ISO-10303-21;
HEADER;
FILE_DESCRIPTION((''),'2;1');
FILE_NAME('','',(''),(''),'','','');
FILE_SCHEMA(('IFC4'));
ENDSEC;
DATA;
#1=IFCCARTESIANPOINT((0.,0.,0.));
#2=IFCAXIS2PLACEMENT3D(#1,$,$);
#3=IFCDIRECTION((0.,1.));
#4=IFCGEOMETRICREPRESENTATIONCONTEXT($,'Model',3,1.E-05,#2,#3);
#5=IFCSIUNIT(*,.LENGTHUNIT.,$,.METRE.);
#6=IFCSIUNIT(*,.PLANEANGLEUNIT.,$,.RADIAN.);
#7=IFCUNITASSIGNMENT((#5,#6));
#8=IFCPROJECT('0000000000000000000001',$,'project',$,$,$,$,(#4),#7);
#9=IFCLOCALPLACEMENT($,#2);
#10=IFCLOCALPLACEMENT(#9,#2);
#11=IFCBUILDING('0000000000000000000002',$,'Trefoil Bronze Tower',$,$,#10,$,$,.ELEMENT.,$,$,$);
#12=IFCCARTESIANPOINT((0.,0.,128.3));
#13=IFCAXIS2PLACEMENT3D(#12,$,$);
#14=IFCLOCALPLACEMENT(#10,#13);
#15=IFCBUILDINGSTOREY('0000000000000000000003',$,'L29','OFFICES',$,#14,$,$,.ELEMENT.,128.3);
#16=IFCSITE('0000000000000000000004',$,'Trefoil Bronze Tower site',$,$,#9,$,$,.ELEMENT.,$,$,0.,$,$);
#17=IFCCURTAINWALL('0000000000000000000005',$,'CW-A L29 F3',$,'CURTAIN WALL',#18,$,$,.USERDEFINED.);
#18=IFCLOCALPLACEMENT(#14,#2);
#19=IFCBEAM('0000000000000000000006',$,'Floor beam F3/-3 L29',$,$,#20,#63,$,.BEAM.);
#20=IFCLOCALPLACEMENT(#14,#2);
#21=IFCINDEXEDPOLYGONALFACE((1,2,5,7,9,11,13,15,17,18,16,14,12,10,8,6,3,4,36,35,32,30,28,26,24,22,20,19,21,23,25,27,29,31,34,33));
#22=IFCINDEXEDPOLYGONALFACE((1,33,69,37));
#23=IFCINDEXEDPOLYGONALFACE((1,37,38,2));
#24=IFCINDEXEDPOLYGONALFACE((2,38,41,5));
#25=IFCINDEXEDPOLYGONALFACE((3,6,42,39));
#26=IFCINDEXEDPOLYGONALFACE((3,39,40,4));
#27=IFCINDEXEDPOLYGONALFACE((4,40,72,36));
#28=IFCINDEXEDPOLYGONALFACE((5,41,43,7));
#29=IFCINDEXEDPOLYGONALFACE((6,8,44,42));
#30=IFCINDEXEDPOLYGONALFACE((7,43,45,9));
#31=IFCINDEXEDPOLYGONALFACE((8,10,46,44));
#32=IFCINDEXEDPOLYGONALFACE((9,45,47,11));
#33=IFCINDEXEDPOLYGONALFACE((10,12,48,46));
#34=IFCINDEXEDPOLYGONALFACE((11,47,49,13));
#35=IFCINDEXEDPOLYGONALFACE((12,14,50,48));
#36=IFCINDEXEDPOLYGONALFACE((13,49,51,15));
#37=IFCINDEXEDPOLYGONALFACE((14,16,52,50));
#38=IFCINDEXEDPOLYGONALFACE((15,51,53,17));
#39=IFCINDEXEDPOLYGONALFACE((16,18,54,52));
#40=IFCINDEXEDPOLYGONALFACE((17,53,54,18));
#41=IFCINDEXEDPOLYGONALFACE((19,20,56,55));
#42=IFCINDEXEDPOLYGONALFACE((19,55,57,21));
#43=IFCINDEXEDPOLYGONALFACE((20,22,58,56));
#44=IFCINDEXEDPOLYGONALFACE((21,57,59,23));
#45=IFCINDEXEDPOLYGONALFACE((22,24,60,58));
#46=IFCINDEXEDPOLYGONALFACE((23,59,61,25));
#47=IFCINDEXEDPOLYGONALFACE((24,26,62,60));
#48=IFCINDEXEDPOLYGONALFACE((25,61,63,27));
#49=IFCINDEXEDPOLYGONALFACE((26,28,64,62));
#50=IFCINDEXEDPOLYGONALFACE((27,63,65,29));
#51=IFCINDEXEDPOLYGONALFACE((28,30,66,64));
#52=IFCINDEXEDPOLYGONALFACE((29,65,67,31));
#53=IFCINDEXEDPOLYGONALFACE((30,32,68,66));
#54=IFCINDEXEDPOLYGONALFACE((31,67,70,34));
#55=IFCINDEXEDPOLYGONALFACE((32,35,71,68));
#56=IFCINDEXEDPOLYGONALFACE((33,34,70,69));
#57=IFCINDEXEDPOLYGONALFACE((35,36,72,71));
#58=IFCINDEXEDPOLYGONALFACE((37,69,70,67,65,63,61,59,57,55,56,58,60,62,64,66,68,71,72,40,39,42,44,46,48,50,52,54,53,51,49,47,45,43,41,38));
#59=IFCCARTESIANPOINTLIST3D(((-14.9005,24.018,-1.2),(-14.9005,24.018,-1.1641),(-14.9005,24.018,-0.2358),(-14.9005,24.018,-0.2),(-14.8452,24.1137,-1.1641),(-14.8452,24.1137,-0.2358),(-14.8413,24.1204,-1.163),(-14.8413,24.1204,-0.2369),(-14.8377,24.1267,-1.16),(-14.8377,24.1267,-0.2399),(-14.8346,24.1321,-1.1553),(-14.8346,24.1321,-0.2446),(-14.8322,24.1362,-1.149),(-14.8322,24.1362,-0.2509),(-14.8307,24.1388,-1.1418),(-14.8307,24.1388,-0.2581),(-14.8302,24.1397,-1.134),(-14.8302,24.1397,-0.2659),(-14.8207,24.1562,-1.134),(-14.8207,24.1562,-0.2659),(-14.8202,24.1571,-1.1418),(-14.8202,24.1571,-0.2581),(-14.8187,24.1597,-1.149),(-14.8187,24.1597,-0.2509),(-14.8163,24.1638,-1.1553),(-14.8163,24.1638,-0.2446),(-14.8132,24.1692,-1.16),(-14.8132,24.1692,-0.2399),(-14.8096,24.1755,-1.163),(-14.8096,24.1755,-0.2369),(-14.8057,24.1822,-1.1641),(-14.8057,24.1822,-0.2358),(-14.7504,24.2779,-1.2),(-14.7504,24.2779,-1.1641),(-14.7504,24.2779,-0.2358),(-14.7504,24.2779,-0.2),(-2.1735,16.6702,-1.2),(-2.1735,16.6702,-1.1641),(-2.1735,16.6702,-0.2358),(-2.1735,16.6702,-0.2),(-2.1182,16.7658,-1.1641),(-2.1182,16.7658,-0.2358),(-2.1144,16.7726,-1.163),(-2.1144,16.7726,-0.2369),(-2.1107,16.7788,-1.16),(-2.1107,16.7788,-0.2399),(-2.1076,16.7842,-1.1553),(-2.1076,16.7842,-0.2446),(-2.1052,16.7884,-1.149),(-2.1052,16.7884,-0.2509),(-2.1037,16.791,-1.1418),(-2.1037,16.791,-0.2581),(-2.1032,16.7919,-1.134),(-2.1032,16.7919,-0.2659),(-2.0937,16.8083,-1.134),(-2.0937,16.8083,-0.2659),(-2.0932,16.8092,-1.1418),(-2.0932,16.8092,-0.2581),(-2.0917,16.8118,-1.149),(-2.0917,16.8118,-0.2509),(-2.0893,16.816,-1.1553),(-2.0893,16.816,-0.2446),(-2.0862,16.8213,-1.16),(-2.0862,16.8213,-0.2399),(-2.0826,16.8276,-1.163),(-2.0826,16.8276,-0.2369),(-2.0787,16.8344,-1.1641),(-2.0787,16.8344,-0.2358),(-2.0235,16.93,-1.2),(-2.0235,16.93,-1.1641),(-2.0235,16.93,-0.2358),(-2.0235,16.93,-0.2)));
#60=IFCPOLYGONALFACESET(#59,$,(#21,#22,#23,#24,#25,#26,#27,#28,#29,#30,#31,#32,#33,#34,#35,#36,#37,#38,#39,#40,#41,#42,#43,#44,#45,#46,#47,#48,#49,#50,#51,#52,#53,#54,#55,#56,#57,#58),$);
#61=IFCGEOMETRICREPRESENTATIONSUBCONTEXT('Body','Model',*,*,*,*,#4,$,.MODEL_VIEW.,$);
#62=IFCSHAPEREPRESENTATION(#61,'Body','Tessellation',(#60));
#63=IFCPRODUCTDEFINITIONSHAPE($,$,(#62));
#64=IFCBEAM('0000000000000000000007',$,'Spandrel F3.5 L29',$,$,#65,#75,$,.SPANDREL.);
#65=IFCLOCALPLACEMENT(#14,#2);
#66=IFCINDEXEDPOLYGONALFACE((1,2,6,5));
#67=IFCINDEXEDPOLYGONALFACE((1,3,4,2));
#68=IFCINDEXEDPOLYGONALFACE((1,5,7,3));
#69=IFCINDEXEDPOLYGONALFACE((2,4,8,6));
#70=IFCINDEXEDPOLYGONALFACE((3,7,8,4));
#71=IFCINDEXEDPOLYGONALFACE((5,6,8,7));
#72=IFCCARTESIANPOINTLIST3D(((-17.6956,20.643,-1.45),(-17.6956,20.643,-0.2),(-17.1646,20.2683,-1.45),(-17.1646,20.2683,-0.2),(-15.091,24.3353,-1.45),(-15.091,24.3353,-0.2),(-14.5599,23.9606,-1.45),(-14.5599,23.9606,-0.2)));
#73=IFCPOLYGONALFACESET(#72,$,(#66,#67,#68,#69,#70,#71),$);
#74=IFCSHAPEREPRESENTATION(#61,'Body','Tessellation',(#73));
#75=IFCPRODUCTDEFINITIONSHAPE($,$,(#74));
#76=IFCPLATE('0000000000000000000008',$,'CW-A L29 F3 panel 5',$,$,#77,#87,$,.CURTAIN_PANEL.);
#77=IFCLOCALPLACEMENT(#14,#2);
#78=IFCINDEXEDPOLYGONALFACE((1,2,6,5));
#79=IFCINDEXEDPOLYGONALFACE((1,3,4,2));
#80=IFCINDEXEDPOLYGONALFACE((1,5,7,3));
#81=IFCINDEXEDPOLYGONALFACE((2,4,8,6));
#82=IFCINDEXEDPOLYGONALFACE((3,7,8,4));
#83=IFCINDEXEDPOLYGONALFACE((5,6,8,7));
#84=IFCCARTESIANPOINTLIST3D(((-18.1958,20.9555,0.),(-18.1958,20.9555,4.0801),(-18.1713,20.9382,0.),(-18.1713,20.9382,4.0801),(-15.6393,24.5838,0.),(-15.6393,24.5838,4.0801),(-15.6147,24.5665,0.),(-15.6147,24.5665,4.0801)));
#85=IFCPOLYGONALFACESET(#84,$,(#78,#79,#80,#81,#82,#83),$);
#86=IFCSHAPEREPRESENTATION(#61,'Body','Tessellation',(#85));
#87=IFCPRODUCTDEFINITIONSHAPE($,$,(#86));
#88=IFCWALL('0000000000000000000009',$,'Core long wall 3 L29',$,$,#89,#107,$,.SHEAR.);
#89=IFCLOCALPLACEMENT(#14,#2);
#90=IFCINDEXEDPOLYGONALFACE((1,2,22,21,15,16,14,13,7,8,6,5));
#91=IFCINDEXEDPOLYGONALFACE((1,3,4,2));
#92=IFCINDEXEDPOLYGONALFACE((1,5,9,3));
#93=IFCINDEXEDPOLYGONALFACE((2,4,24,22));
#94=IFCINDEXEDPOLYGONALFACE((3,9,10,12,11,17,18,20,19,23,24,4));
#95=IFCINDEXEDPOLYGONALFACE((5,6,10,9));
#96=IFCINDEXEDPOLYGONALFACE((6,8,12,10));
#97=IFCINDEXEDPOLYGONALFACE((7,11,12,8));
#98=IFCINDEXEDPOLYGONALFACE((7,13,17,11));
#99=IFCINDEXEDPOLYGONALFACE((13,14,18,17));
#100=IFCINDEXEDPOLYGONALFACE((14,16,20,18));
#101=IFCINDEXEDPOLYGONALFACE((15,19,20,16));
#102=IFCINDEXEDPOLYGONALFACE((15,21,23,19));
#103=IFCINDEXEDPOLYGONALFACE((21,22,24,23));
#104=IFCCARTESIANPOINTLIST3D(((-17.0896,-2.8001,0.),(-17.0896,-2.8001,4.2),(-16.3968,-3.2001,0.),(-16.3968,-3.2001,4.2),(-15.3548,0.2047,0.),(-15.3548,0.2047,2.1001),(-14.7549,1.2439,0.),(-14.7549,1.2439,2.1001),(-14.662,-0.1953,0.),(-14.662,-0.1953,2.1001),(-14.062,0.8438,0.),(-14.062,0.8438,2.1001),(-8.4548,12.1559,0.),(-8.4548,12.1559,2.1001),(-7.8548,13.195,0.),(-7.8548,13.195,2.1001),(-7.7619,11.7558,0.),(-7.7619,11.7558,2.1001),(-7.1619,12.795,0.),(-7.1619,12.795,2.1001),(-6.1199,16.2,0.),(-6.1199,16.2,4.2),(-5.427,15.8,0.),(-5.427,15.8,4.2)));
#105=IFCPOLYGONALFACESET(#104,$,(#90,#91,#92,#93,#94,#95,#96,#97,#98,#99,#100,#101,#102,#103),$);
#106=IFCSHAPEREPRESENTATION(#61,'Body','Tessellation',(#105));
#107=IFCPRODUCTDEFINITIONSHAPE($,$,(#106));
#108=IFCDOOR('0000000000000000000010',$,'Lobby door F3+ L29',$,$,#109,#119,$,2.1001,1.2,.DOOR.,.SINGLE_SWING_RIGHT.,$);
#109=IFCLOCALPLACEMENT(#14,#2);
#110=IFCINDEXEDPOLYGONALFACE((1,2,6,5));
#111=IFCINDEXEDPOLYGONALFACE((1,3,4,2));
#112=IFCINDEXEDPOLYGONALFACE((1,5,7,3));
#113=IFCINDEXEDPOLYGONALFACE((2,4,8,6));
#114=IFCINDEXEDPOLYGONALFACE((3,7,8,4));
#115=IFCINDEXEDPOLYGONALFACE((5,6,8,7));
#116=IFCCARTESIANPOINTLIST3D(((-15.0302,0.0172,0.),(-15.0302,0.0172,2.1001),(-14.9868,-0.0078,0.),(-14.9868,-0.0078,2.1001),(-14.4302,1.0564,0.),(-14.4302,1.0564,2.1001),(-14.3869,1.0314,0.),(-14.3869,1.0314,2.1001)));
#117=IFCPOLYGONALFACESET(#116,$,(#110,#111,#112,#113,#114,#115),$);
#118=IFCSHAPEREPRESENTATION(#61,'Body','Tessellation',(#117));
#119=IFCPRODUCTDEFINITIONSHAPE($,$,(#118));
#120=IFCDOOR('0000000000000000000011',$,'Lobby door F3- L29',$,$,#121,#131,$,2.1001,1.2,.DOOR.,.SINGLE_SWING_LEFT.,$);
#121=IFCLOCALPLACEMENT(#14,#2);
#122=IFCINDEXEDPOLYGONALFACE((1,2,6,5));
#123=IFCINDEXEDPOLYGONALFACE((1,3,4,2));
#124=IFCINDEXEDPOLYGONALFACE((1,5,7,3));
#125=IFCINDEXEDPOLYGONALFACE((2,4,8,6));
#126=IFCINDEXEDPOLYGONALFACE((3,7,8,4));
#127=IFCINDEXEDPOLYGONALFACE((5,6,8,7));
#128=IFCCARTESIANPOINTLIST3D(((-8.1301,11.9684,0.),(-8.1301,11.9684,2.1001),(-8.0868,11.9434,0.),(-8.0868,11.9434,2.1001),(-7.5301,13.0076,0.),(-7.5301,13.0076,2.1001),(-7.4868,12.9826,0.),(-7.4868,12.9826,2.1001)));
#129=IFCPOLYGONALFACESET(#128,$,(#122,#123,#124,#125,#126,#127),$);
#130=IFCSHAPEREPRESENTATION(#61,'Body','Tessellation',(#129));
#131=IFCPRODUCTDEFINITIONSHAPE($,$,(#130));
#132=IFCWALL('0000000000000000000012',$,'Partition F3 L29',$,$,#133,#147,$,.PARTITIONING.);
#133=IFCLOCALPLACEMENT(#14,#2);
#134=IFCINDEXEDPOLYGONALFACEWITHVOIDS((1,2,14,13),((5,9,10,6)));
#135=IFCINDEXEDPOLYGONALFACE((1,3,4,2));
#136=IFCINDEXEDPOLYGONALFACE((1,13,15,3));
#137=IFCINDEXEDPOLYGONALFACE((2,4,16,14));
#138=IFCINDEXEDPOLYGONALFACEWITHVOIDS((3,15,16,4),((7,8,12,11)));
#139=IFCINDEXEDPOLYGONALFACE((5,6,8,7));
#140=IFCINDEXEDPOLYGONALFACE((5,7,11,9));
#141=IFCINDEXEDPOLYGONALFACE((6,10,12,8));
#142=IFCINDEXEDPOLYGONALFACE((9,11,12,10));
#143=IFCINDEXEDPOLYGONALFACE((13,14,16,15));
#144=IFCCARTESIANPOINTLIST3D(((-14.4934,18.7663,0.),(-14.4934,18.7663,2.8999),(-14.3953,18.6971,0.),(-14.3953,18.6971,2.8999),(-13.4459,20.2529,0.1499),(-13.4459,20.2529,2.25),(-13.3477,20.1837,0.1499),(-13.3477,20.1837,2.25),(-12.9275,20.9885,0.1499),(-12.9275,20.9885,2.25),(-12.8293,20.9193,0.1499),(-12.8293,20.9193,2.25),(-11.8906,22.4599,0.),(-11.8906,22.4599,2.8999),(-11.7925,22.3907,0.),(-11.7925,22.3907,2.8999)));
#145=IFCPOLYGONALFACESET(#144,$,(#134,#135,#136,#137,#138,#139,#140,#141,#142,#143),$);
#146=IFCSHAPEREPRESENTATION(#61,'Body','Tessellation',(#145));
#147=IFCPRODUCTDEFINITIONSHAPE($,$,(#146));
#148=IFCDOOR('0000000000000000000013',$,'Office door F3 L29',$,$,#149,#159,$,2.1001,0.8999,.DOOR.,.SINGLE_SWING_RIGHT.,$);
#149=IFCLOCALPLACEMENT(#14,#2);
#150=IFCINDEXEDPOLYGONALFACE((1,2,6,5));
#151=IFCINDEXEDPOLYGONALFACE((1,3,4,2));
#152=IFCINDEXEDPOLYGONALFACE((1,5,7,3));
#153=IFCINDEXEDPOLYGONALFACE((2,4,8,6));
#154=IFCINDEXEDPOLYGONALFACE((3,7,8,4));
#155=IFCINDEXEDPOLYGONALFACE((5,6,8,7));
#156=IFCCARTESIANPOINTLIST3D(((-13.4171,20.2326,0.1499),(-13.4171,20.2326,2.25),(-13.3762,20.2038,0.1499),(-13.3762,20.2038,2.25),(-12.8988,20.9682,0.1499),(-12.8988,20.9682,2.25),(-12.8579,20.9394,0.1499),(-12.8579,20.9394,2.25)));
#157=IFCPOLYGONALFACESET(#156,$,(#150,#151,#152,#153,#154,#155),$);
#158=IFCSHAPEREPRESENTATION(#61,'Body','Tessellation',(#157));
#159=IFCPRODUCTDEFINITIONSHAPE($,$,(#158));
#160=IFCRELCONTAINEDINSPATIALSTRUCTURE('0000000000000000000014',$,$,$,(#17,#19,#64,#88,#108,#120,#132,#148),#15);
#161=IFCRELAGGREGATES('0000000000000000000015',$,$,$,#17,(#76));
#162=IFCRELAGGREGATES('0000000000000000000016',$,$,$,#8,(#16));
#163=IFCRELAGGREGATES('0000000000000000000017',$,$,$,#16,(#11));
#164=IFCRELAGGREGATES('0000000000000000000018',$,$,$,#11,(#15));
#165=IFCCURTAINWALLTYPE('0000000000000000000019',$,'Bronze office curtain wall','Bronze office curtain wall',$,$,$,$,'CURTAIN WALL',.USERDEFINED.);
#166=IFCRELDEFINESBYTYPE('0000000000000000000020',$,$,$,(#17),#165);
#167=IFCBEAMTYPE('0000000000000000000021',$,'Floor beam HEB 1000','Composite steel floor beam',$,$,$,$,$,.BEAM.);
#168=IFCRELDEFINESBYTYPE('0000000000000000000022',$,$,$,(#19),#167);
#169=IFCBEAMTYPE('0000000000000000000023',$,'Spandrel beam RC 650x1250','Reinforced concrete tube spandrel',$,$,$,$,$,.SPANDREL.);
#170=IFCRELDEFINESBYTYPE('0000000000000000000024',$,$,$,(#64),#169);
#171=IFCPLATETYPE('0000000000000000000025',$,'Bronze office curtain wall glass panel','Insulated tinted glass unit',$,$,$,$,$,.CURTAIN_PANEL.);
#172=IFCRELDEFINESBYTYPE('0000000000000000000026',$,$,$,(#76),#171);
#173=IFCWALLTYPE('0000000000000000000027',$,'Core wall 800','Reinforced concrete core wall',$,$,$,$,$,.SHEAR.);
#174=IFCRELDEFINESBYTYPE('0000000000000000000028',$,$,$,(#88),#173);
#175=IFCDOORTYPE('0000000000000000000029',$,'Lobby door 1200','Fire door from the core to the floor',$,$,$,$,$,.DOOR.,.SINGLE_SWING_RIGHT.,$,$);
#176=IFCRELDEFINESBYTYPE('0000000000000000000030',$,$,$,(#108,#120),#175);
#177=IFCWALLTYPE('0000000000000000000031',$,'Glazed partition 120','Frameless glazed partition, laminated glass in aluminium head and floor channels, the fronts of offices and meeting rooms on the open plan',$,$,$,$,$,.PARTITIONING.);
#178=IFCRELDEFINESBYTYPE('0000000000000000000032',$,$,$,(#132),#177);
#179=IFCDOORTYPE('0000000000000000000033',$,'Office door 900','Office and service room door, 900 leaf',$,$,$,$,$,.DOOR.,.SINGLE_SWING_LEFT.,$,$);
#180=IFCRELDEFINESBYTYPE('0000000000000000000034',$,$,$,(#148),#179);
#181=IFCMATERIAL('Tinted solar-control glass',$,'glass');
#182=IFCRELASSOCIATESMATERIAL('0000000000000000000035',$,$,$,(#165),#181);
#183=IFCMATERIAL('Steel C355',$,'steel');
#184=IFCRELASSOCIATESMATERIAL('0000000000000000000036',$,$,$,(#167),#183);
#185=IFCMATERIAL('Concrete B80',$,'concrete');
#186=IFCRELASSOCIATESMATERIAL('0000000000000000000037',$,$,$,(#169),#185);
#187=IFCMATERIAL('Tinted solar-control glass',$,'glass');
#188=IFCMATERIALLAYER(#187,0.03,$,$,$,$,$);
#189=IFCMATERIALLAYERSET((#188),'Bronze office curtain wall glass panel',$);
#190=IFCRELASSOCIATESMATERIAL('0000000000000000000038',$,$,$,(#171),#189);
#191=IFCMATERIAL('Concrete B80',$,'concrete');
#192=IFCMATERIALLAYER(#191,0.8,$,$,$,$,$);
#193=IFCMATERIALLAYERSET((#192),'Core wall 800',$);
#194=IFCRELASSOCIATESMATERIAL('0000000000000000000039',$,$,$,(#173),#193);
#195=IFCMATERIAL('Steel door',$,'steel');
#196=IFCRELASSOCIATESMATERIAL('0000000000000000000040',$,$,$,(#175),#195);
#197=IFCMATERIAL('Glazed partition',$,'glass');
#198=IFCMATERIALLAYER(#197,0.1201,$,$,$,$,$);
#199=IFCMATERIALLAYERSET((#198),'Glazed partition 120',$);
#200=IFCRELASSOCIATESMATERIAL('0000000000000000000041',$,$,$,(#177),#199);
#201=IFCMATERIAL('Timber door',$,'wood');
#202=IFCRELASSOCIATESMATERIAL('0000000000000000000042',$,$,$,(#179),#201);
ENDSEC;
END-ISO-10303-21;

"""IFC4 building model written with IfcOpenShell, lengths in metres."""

from ifc_helpers import new_model, si_unit, direction, frame, frame_2d, origin, origin_2d, place, context, subcontext, project, spatial, rectangle, i_section, extrude, material, layer, layer_set, material_profile, profile_set, type_object, element, fill, aggregate, save


model = new_model("IFC4")

# Units and contexts
model_context = context("Model", 3, precision=1e-05, world=origin(), true_north=direction((0.0, 1.0)))
body_context = subcontext(model_context, "Body", "Model", "MODEL_VIEW")
ifc_project = project(units=[si_unit("LENGTHUNIT", "METRE"), si_unit("PLANEANGLEUNIT", "RADIAN")], contexts=[model_context])

# Site, building, storey
site_placement = place(None, origin())
site = spatial("IfcSite", under=ifc_project, at=site_placement, Name="Trefoil Bronze Tower site", CompositionType="ELEMENT", RefElevation=0.0)
building_placement = place(site_placement, origin())
building = spatial("IfcBuilding", under=site, at=building_placement, Name="Trefoil Bronze Tower", CompositionType="ELEMENT")
storey_placement = place(building_placement, frame((0.0, 0.0, 128.3)))
storey = spatial("IfcBuildingStorey", under=building, at=storey_placement, Name="L29", Description="OFFICES", CompositionType="ELEMENT", Elevation=128.3)

# Curtain wall
ifc_material_1 = material(Name="Tinted solar-control glass", Category="glass")
curtain_wall_type = type_object("IfcCurtainWallType", Name="Bronze office curtain wall", Description="Bronze office curtain wall", ElementType="CURTAIN WALL", PredefinedType="USERDEFINED", material=ifc_material_1)
curtain_wall_placement = place(storey_placement, origin())
curtain_wall = element("IfcCurtainWall", 1, at=curtain_wall_placement, inside=storey, type_object=curtain_wall_type, Name="CW-A L29 F3", ObjectType="CURTAIN WALL", PredefinedType="USERDEFINED")

# Beams
ifc_material_2 = material(Name="Steel C355", Category="steel")
ifc_material_profile_1 = material_profile(ifc_material_2, i_section(OverallWidth=0.3, OverallDepth=1.0, WebThickness=0.019, FlangeThickness=0.0359, FilletRadius=0.03, at=origin_2d()), Name="HEB 1000")
ifc_profile_set_1 = profile_set([ifc_material_profile_1], Name="Steel C355")
beam_type_1 = type_object("IfcBeamType", Name="Floor beam HEB 1000", Description="Composite steel floor beam", PredefinedType="BEAM", material=ifc_profile_set_1)
beam_1_placement = place(storey_placement, frame((-14.8254, 24.1479, -0.7), z_axis=(0.866027, -0.499997, 0.0), x_axis=(0.499997, 0.866027, 0.0)))
element("IfcBeam", 2, at=beam_1_placement, inside=storey, type_object=beam_type_1, Name="Floor beam F3/-3 L29", PredefinedType="BEAM", context=body_context, shape_type="SweptSolid", body=[
    extrude(i_section(OverallWidth=0.3, OverallDepth=1.0, WebThickness=0.019, FlangeThickness=0.0359, FilletRadius=0.03, at=origin_2d()), origin(), (0.0, 0.0, 1.0), 14.6958),
])
ifc_material_3 = material(Name="Concrete B80", Category="concrete")
ifc_material_profile_2 = material_profile(ifc_material_3, rectangle(XDim=0.6499, YDim=1.25, at=origin_2d()), Name="RC 650x1250")
ifc_profile_set_2 = profile_set([ifc_material_profile_2], Name="Concrete B80")
beam_type_2 = type_object("IfcBeamType", Name="Spandrel beam RC 650x1250", Description="Reinforced concrete tube spandrel", PredefinedType="SPANDREL", material=ifc_profile_set_2)
beam_2_placement = place(storey_placement, frame((-14.8254, 24.1479, -0.825), z_axis=(-0.576439, -0.81714, 0.0), x_axis=(0.81714, -0.576439, 0.0)))
element("IfcBeam", 3, at=beam_2_placement, inside=storey, type_object=beam_type_2, Name="Spandrel F3.5 L29", PredefinedType="SPANDREL", context=body_context, shape_type="SweptSolid", body=[
    extrude(rectangle(XDim=0.6499, YDim=1.25, at=origin_2d()), origin(), (0.0, 0.0, 1.0), 4.5186),
])

# Plate
ifc_material_4 = material(Name="Tinted solar-control glass", Category="glass")
ifc_layer_1 = layer(ifc_material_4, 0.03)
ifc_layer_set_1 = layer_set([ifc_layer_1], Name="Bronze office curtain wall glass panel")
plate_type = type_object("IfcPlateType", Name="Bronze office curtain wall glass panel", Description="Insulated tinted glass unit", PredefinedType="CURTAIN_PANEL", material=ifc_layer_set_1)
plate_placement = place(storey_placement, frame((-16.9053, 22.761, 0.0), z_axis=(0.0, 0.0, 1.0), x_axis=(-0.575999, -0.81745, 0.0)))
plate = element("IfcPlate", 4, at=plate_placement, type_object=plate_type, Name="CW-A L29 F3 panel 5", PredefinedType="CURTAIN_PANEL", context=body_context, shape_type="SweptSolid", body=[
    extrude(rectangle(XDim=4.4385, YDim=0.03, at=origin_2d()), origin(), (0.0, 0.0, 1.0), 4.0801),
])
aggregate(curtain_wall, [plate])

# Wall, openings, doors
ifc_material_5 = material(Name="Concrete B80", Category="concrete")
ifc_layer_2 = layer(ifc_material_5, 0.8)
ifc_layer_set_2 = layer_set([ifc_layer_2], Name="Core wall 800")
wall_type_1 = type_object("IfcWallType", Name="Core wall 800", Description="Reinforced concrete core wall", PredefinedType="SHEAR", material=ifc_layer_set_2)
wall_1_placement = place(storey_placement, frame((-5.7734, 16.0, 0.0), z_axis=(0.0, 0.0, 1.0), x_axis=(-0.500002, -0.866024, 0.0)))
wall_1 = element("IfcWall", 5, at=wall_1_placement, inside=storey, type_object=wall_type_1, Name="Core long wall 3 L29", PredefinedType="SHEAR", context=body_context, shape_type="SweptSolid", body=[
    extrude(rectangle(XDim=21.9395, YDim=0.8, at=frame_2d((10.9697, 0.0))), origin(), (0.0, 0.0, 1.0), 4.2),
])
opening_1_placement = place(wall_1_placement, frame((17.2698, 0.0, 0.0)))
opening_1 = element("IfcOpeningElement", 6, at=opening_1_placement, cuts=wall_1, PredefinedType="OPENING", context=body_context, shape_type="SweptSolid", body=[
    extrude(rectangle(XDim=1.2, YDim=2.1001, at=frame_2d((0.6001, 1.05))), frame((0.0, 0.4099, 0.0), z_axis=(0.0, -1.0, 0.0), x_axis=(1.0, 0.0, 0.0)), (0.0, 0.0, 1.0), 0.8201),
])
opening_2_placement = place(wall_1_placement, frame((3.4697, 0.0, 0.0)))
opening_2 = element("IfcOpeningElement", 7, at=opening_2_placement, cuts=wall_1, PredefinedType="OPENING", context=body_context, shape_type="SweptSolid", body=[
    extrude(rectangle(XDim=1.2, YDim=2.1001, at=frame_2d((0.6001, 1.05))), frame((0.0, 0.4099, 0.0), z_axis=(0.0, -1.0, 0.0), x_axis=(1.0, 0.0, 0.0)), (0.0, 0.0, 1.0), 0.8201),
])
ifc_material_6 = material(Name="Steel door", Category="steel")
door_type_1 = type_object("IfcDoorType", Name="Lobby door 1200", Description="Fire door from the core to the floor", OperationType="SINGLE_SWING_RIGHT", PredefinedType="DOOR", material=ifc_material_6)
door_1_placement = place(opening_1_placement, origin())
door_1 = element("IfcDoor", 8, at=door_1_placement, inside=storey, type_object=door_type_1, Name="Lobby door F3+ L29", OperationType="SINGLE_SWING_RIGHT", OverallHeight=2.1001, OverallWidth=1.2, PredefinedType="DOOR", context=body_context, shape_type="SweptSolid", body=[
    extrude(rectangle(XDim=1.2, YDim=2.1001, at=frame_2d((0.6001, 1.05))), frame((0.0, 0.0249, 0.0), z_axis=(0.0, -1.0, 0.0), x_axis=(1.0, 0.0, 0.0)), (0.0, 0.0, 1.0), 0.05),
])
fill(opening_1, door_1)
door_2_placement = place(opening_2_placement, origin())
door_2 = element("IfcDoor", 9, at=door_2_placement, inside=storey, type_object=door_type_1, Name="Lobby door F3- L29", OperationType="SINGLE_SWING_LEFT", OverallHeight=2.1001, OverallWidth=1.2, PredefinedType="DOOR", context=body_context, shape_type="SweptSolid", body=[
    extrude(rectangle(XDim=1.2, YDim=2.1001, at=frame_2d((0.6001, 1.05))), frame((0.0, 0.0249, 0.0), z_axis=(0.0, -1.0, 0.0), x_axis=(1.0, 0.0, 0.0)), (0.0, 0.0, 1.0), 0.05),
])
fill(opening_2, door_2)

# Wall, opening, door
ifc_material_7 = material(Name="Glazed partition", Category="glass")
ifc_layer_3 = layer(ifc_material_7, 0.1201)
ifc_layer_set_3 = layer_set([ifc_layer_3], Name="Glazed partition 120")
wall_type_2 = type_object("IfcWallType", Name="Glazed partition 120", Description="Frameless glazed partition, laminated glass in aluminium head and floor channels, the fronts of offices and meeting rooms on the open plan", PredefinedType="PARTITIONING", material=ifc_layer_set_3)
wall_2_placement = place(storey_placement, frame((-11.8416, 22.4253, 0.0), z_axis=(0.0, 0.0, 1.0), x_axis=(-0.576023, -0.817433, 0.0)))
wall_2 = element("IfcWall", 10, at=wall_2_placement, inside=storey, type_object=wall_type_2, Name="Partition F3 L29", PredefinedType="PARTITIONING", context=body_context, shape_type="SweptSolid", body=[
    extrude(rectangle(XDim=4.5186, YDim=0.1201, at=frame_2d((2.2593, 0.0))), origin(), (0.0, 0.0, 1.0), 2.8999),
])
opening_3_placement = place(wall_2_placement, frame((1.8, 0.0, 0.1499)))
opening_3 = element("IfcOpeningElement", 11, at=opening_3_placement, cuts=wall_2, PredefinedType="OPENING", context=body_context, shape_type="SweptSolid", body=[
    extrude(rectangle(XDim=0.8999, YDim=2.1001, at=frame_2d((0.45, 1.05))), frame((0.0, 0.0701, 0.0), z_axis=(0.0, -1.0, 0.0), x_axis=(1.0, 0.0, 0.0)), (0.0, 0.0, 1.0), 0.1401),
])
ifc_material_8 = material(Name="Timber door", Category="wood")
door_type_2 = type_object("IfcDoorType", Name="Office door 900", Description="Office and service room door, 900 leaf", OperationType="SINGLE_SWING_LEFT", PredefinedType="DOOR", material=ifc_material_8)
door_3_placement = place(opening_3_placement, frame((0.8999, 0.0, 0.0), z_axis=(0.0, 0.0, 1.0), x_axis=(-1.0, 0.0, 0.0)))
door_3 = element("IfcDoor", 12, at=door_3_placement, inside=storey, type_object=door_type_2, Name="Office door F3 L29", OperationType="SINGLE_SWING_RIGHT", OverallHeight=2.1001, OverallWidth=0.8999, PredefinedType="DOOR", context=body_context, shape_type="SweptSolid", body=[
    extrude(rectangle(XDim=0.8999, YDim=2.1001, at=frame_2d((0.45, 1.05))), frame((0.0, 0.0249, 0.0), z_axis=(0.0, -1.0, 0.0), x_axis=(1.0, 0.0, 0.0)), (0.0, 0.0, 1.0), 0.05),
])
fill(opening_3, door_3)

save(model, "model.ifc")
